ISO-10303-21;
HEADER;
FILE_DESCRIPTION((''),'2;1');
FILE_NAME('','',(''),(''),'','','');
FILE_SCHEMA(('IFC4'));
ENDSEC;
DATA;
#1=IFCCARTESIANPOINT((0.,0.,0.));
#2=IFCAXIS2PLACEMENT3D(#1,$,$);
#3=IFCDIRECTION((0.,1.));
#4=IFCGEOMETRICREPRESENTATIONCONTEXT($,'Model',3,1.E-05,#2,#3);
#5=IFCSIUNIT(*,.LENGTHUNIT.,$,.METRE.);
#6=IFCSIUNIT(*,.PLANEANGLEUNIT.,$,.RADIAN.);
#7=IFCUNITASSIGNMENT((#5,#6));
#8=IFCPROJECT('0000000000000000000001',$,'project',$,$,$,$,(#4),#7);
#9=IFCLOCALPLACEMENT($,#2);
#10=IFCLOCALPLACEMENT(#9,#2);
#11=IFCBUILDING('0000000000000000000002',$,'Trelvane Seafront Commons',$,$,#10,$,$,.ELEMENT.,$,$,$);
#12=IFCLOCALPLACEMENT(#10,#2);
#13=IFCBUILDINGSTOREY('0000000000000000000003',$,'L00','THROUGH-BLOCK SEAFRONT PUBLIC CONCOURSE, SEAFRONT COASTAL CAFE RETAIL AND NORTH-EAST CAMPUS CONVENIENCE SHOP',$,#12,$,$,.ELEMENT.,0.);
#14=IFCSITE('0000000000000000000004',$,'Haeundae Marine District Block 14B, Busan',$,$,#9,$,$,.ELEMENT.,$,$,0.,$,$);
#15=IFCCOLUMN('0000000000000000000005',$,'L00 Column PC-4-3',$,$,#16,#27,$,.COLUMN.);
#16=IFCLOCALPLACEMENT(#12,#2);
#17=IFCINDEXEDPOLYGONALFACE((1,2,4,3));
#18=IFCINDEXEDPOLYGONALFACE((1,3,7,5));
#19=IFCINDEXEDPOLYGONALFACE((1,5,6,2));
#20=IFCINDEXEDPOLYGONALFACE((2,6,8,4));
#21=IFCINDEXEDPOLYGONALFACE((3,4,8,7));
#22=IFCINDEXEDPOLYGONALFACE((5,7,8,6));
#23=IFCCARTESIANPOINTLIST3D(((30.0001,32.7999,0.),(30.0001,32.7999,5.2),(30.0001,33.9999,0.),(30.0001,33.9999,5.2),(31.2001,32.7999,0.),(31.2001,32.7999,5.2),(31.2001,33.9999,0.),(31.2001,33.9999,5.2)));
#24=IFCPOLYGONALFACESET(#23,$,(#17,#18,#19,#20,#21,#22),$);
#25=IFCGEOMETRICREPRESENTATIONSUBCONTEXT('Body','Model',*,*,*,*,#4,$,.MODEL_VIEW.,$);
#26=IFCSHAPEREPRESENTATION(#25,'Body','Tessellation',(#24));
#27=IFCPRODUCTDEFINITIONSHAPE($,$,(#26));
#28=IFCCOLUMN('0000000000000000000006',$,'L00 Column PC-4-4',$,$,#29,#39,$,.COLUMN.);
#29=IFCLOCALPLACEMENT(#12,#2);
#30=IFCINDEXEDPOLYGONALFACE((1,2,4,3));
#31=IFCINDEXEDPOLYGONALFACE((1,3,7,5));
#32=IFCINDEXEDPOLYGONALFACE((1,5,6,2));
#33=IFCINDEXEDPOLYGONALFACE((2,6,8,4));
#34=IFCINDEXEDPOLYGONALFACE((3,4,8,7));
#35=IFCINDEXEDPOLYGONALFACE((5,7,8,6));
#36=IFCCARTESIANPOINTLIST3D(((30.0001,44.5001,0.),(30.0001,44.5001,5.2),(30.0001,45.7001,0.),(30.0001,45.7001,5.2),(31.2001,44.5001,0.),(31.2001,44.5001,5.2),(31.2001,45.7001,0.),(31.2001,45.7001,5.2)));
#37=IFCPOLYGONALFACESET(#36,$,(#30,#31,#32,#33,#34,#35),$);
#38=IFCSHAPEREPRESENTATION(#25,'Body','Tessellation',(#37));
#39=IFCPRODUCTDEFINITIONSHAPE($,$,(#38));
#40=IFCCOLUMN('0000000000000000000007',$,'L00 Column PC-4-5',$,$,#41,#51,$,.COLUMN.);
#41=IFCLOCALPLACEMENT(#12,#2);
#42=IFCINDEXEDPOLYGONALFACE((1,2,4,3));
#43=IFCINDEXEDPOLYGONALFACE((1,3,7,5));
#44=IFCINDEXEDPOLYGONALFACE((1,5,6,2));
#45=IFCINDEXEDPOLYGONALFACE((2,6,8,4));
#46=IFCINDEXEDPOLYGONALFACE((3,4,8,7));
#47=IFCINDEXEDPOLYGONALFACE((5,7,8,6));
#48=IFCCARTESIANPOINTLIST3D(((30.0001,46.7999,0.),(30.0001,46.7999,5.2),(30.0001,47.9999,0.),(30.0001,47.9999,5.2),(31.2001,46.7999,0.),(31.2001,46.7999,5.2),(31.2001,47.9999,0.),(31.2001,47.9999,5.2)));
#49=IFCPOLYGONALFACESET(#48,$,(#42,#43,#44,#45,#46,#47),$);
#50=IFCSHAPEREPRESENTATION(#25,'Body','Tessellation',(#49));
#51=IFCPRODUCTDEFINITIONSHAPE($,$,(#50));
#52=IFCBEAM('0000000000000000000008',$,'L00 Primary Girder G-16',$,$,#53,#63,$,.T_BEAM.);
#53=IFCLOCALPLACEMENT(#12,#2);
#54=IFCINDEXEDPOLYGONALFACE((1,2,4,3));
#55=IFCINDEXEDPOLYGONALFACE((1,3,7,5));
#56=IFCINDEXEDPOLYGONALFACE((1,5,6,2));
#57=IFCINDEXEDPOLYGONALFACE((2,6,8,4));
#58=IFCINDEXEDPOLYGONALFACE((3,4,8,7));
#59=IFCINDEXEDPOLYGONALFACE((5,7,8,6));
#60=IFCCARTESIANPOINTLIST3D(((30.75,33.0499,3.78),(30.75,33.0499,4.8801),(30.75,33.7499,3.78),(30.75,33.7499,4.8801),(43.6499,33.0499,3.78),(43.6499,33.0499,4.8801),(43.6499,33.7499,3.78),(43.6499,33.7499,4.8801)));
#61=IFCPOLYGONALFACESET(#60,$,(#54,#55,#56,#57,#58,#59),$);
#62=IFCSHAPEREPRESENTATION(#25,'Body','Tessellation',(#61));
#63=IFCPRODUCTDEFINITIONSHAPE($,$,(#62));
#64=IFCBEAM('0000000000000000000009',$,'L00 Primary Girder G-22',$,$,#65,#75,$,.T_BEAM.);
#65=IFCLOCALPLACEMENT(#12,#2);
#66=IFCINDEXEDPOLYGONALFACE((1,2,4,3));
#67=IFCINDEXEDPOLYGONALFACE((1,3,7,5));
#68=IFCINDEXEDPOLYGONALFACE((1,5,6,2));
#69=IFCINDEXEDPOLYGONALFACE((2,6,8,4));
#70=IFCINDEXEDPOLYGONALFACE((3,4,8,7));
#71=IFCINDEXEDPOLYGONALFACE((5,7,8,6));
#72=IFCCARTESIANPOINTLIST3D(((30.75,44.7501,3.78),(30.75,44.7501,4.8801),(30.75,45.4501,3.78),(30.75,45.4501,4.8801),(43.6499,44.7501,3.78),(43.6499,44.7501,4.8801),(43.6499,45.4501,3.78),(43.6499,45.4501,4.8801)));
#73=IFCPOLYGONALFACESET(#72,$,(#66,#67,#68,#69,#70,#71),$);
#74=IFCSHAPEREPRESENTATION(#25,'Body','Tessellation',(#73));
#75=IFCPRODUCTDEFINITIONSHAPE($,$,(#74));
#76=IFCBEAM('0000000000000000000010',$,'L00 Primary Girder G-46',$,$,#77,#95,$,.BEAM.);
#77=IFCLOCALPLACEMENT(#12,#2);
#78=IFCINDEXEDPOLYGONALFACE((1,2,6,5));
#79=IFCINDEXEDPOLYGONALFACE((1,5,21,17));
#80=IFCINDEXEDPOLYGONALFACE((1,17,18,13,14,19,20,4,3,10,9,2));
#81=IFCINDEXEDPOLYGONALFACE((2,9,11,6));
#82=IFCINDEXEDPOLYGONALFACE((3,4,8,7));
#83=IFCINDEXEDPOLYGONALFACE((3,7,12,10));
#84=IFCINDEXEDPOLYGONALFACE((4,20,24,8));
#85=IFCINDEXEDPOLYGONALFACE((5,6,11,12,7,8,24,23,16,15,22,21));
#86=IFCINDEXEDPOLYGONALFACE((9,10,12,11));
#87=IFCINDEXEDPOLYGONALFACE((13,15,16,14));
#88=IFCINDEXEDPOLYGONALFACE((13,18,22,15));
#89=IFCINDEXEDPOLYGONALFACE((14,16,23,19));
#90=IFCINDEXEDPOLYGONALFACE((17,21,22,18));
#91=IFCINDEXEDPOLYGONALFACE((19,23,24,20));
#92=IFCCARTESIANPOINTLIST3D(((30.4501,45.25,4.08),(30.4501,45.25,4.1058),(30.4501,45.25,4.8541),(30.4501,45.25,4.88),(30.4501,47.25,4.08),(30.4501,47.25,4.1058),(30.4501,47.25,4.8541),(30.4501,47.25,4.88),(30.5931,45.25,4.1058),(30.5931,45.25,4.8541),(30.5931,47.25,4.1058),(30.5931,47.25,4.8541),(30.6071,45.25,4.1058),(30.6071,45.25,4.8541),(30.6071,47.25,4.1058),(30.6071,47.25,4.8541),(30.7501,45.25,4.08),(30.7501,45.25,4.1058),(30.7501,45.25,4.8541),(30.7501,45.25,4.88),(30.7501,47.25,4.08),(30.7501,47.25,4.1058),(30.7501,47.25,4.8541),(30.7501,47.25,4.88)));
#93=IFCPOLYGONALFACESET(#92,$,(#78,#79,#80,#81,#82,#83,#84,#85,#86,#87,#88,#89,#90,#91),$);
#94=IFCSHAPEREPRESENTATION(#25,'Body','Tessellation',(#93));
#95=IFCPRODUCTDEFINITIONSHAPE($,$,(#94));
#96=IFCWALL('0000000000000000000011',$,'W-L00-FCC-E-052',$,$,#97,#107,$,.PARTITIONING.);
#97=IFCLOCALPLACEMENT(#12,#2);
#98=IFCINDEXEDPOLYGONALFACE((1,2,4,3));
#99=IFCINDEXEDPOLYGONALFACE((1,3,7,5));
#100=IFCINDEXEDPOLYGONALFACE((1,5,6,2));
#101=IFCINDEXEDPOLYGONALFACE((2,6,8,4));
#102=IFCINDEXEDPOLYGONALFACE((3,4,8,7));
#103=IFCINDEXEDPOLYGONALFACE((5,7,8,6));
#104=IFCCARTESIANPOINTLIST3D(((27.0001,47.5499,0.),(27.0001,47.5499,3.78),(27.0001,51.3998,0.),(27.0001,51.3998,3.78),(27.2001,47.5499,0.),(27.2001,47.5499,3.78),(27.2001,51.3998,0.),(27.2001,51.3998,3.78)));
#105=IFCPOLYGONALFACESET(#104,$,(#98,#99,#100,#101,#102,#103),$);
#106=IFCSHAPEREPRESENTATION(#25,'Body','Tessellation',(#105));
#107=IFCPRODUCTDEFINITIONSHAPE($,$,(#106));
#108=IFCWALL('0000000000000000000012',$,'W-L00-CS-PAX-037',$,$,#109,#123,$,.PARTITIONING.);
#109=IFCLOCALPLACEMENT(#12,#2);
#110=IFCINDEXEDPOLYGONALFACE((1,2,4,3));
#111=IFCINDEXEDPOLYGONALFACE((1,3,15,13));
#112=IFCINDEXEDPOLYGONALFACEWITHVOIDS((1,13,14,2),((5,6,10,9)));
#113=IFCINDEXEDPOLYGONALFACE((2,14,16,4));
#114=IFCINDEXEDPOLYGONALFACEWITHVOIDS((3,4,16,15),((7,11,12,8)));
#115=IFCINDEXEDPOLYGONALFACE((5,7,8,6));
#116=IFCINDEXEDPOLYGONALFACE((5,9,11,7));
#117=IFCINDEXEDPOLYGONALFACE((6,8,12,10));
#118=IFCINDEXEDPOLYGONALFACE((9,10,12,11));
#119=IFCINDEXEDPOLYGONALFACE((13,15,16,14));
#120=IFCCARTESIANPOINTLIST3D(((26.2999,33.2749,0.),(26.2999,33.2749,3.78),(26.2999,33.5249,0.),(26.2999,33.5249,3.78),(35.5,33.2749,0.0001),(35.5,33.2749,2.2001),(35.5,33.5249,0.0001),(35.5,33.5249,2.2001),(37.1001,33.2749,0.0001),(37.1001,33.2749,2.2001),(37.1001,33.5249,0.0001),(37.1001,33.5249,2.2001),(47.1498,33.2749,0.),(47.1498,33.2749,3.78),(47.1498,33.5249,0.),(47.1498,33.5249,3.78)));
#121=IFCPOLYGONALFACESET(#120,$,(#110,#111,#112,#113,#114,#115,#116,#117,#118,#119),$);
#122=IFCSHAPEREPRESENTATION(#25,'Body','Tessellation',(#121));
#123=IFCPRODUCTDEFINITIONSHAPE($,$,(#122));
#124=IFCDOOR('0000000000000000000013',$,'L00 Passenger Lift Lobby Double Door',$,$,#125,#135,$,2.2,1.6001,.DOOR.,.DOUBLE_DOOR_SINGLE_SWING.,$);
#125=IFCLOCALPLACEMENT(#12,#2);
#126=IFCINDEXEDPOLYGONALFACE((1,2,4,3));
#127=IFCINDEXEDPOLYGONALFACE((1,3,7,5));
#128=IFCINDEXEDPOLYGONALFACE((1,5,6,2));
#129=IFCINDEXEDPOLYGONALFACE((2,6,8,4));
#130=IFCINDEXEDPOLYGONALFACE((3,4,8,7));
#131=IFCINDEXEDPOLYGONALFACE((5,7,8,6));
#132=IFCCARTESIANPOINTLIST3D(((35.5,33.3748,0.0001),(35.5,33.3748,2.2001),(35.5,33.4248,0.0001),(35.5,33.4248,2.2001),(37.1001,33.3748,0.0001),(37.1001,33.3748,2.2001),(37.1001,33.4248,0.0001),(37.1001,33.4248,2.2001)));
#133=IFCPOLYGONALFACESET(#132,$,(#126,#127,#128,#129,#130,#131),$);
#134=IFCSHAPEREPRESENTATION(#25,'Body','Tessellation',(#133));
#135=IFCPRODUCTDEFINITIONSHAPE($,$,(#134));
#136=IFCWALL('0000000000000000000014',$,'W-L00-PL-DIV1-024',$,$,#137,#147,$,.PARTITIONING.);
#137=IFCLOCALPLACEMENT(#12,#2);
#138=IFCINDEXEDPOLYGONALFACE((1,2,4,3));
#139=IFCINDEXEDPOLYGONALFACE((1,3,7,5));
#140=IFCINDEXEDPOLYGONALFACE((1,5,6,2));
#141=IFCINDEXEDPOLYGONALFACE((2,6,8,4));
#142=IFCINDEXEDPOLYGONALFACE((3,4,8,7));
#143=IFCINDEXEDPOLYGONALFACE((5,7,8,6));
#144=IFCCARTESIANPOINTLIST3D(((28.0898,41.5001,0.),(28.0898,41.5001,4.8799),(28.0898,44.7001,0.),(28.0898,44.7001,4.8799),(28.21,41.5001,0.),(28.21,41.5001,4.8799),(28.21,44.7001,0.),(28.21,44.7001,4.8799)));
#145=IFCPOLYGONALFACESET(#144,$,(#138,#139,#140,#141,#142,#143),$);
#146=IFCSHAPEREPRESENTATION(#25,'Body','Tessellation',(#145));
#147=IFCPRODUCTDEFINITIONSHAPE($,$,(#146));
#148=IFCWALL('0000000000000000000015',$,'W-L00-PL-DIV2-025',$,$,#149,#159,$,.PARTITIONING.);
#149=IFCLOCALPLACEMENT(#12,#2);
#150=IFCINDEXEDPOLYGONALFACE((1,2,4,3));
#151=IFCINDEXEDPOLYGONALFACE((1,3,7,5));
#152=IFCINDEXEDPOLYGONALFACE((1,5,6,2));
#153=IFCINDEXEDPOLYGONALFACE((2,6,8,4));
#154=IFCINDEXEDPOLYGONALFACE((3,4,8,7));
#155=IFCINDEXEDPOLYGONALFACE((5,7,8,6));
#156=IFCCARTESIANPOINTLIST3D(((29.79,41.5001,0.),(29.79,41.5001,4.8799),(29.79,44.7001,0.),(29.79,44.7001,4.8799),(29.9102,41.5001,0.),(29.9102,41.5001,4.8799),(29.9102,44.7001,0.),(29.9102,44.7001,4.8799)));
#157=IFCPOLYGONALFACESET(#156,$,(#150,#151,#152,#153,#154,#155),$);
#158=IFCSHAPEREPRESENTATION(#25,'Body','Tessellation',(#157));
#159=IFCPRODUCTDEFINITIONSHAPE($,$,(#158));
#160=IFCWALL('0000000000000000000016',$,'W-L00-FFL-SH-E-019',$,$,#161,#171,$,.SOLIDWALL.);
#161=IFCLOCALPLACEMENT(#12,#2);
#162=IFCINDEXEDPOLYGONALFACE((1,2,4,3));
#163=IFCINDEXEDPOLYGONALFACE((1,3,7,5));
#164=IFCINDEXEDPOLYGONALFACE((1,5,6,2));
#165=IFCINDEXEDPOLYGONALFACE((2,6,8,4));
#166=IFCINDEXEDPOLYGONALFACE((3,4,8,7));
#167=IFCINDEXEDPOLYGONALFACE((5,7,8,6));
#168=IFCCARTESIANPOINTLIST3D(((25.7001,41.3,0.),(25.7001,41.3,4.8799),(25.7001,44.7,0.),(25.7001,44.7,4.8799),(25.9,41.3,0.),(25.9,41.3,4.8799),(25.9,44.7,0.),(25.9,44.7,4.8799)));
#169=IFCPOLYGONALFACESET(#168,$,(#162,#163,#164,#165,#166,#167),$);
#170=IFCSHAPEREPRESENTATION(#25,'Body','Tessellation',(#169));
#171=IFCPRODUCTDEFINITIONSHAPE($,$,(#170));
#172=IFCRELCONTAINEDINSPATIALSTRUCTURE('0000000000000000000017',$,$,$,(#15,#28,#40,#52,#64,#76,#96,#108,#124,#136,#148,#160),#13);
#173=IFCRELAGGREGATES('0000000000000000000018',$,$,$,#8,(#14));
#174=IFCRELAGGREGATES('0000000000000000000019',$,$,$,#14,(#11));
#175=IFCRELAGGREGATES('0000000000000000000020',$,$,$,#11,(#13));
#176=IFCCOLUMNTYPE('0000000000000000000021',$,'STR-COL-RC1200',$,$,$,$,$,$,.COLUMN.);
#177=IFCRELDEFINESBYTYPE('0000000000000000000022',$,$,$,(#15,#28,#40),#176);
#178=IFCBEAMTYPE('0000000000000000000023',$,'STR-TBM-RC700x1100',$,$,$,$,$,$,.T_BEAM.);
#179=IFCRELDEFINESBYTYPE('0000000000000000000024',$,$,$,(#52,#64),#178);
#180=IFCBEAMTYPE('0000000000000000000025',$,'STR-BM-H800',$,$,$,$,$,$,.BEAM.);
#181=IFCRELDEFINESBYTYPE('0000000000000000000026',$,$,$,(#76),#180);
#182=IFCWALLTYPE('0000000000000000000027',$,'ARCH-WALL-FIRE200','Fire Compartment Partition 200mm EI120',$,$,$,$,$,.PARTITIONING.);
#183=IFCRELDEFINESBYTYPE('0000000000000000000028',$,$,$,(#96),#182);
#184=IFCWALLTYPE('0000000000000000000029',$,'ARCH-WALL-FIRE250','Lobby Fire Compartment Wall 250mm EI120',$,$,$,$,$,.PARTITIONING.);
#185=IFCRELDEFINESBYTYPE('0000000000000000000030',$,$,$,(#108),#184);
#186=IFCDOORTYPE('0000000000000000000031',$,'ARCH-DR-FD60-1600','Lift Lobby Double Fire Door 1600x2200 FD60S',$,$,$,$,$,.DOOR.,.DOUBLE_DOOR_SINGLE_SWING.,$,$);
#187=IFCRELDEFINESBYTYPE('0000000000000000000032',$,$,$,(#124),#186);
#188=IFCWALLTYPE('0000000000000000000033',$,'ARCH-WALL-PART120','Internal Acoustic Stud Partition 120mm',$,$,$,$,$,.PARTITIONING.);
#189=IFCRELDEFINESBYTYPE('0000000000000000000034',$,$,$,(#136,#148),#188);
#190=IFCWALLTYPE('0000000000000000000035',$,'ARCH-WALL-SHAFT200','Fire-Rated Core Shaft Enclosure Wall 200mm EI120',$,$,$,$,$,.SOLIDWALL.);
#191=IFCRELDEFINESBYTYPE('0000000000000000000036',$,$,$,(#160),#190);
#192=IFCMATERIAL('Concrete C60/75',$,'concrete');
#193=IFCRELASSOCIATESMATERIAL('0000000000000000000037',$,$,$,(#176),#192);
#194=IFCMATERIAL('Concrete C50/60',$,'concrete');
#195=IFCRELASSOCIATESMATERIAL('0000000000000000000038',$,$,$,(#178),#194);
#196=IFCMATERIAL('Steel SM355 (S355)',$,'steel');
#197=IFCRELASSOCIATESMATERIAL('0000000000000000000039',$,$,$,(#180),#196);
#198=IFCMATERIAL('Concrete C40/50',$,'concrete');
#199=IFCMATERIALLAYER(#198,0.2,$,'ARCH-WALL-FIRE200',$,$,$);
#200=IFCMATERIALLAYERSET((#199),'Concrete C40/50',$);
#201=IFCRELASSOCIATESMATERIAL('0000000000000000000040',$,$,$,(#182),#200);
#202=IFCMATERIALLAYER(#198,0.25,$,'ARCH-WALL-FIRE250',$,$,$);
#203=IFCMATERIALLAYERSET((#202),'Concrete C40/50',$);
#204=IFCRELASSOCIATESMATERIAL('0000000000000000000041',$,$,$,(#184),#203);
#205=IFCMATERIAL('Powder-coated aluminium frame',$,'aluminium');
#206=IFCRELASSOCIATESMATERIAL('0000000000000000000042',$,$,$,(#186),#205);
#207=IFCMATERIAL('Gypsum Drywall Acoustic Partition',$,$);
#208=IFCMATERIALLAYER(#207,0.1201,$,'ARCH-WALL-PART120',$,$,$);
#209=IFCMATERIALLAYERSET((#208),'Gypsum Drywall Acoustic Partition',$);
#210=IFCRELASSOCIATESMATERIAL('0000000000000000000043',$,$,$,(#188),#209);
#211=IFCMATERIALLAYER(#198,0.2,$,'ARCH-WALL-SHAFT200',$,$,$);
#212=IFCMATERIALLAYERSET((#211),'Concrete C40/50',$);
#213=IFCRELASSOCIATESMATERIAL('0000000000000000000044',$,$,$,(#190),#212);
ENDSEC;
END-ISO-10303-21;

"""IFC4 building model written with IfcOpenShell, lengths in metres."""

from ifc_helpers import new_model, si_unit, direction, frame, frame_2d, origin, origin_2d, place, context, subcontext, project, spatial, rectangle, i_section, extrude, source, transform, mapped, material, layer, layer_set, material_profile, profile_set, type_object, element, fill, save


model = new_model("IFC4")

# Units and contexts
model_context = context("Model", 3, precision=1e-05, world=origin(), true_north=direction((0.0, 1.0)))
body_context = subcontext(model_context, "Body", "Model", "MODEL_VIEW")
ifc_project = project(units=[si_unit("LENGTHUNIT", "METRE"), si_unit("PLANEANGLEUNIT", "RADIAN")], contexts=[model_context])

# Site, building, storey
site_placement = place(None, origin())
site = spatial("IfcSite", under=ifc_project, at=site_placement, Name="Haeundae Marine District Block 14B, Busan", CompositionType="ELEMENT", RefElevation=0.0)
building_placement = place(site_placement, origin())
building = spatial("IfcBuilding", under=site, at=building_placement, Name="Trelvane Seafront Commons", CompositionType="ELEMENT")
storey_placement = place(building_placement, origin())
storey = spatial("IfcBuildingStorey", under=building, at=storey_placement, Name="L00", Description="THROUGH-BLOCK SEAFRONT PUBLIC CONCOURSE, SEAFRONT COASTAL CAFE RETAIL AND NORTH-EAST CAMPUS CONVENIENCE SHOP", CompositionType="ELEMENT", Elevation=0.0)

# Columns
ifc_material_1 = material(Name="Concrete C60/75", Category="concrete")
ifc_material_profile_1 = material_profile(ifc_material_1, rectangle(XDim=1.2, YDim=1.2, at=origin_2d()), Name="RC-1200x1200")
ifc_profile_set_1 = profile_set([ifc_material_profile_1], Name="Concrete C60/75")
column_type = type_object("IfcColumnType", Name="STR-COL-RC1200", PredefinedType="COLUMN", material=ifc_profile_set_1)
shared_shape_1 = source(origin(), body_context, "Body", "SweptSolid", [
    extrude(rectangle(XDim=1.2, YDim=1.2, at=origin_2d()), origin(), (0.0, 0.0, 1.0), 5.2),
])
for number, where, z_axis, x_axis, name in (
    (1, (30.6001, 33.3999, 0.0), (0.0, 0.0, 1.0), (1.0, 0.0, 0.0), "L00 Column PC-4-3"),
    (2, (30.6001, 45.1001, 0.0), (0.0, 0.0, 1.0), (1.0, 0.0, 0.0), "L00 Column PC-4-4"),
    (3, (30.6001, 47.3999, 0.0), (0.0, 0.0, 1.0), (1.0, 0.0, 0.0), "L00 Column PC-4-5"),
):
    element("IfcColumn", number, at=place(storey_placement, frame(where, z_axis=z_axis, x_axis=x_axis)), inside=storey, type_object=column_type, Name=name, PredefinedType="COLUMN", context=body_context, shape_type="MappedRepresentation", body=[
        mapped(shared_shape_1, transform((0.0, 0.0, 0.0), x_axis=(1.0, 0.0, 0.0), y_axis=(0.0, 1.0, 0.0), z_axis=(0.0, 0.0, 1.0), scale=1.0)),
    ])

# Beams
ifc_material_2 = material(Name="Concrete C50/60", Category="concrete")
ifc_material_profile_2 = material_profile(ifc_material_2, rectangle(XDim=0.7, YDim=1.1001, at=origin_2d()), Name="RC-700x1100")
ifc_profile_set_2 = profile_set([ifc_material_profile_2], Name="Concrete C50/60")
beam_type_1 = type_object("IfcBeamType", Name="STR-TBM-RC700x1100", PredefinedType="T_BEAM", material=ifc_profile_set_2)
shared_shape_2 = source(origin(), body_context, "Body", "SweptSolid", [
    extrude(rectangle(XDim=0.7, YDim=1.1001, at=origin_2d()), origin(), (0.0, 0.0, 1.0), 12.8999),
])
for number, where, z_axis, x_axis, name in (
    (4, (30.75, 33.3999, 4.3301), (1.0, 0.0, 0.0), (0.0, 1.0, 0.0), "L00 Primary Girder G-16"),
    (5, (30.75, 45.1001, 4.3301), (1.0, 0.0, 0.0), (0.0, 1.0, 0.0), "L00 Primary Girder G-22"),
):
    element("IfcBeam", number, at=place(storey_placement, frame(where, z_axis=z_axis, x_axis=x_axis)), inside=storey, type_object=beam_type_1, Name=name, PredefinedType="T_BEAM", context=body_context, shape_type="MappedRepresentation", body=[
        mapped(shared_shape_2, transform((0.0, 0.0, 0.0), x_axis=(1.0, 0.0, 0.0), y_axis=(0.0, 1.0, 0.0), z_axis=(0.0, 0.0, 1.0), scale=1.0)),
    ])
ifc_material_3 = material(Name="Steel SM355 (S355)", Category="steel")
ifc_material_profile_3 = material_profile(ifc_material_3, i_section(OverallWidth=0.3, OverallDepth=0.8, WebThickness=0.0139, FlangeThickness=0.0259, at=origin_2d()), Name="H-800x300x14x26")
ifc_profile_set_3 = profile_set([ifc_material_profile_3], Name="Steel SM355 (S355)")
beam_type_2 = type_object("IfcBeamType", Name="STR-BM-H800", PredefinedType="BEAM", material=ifc_profile_set_3)
shared_shape_3 = source(origin(), body_context, "Body", "SweptSolid", [
    extrude(i_section(OverallWidth=0.3, OverallDepth=0.8, WebThickness=0.0139, FlangeThickness=0.0259, at=origin_2d()), origin(), (0.0, 0.0, 1.0), 2.0),
])
beam_placement = place(storey_placement, frame((30.6001, 45.25, 4.48), z_axis=(0.0, 1.0, 0.0), x_axis=(-1.0, 0.0, 0.0)))
element("IfcBeam", 6, at=beam_placement, inside=storey, type_object=beam_type_2, Name="L00 Primary Girder G-46", PredefinedType="BEAM", context=body_context, shape_type="MappedRepresentation", body=[
    mapped(shared_shape_3, transform((0.0, 0.0, 0.0), x_axis=(1.0, 0.0, 0.0), y_axis=(0.0, 1.0, 0.0), z_axis=(0.0, 0.0, 1.0), scale=1.0)),
])

# Wall
ifc_material_4 = material(Name="Concrete C40/50", Category="concrete")
ifc_layer_1 = layer(ifc_material_4, 0.2, Name="ARCH-WALL-FIRE200")
ifc_layer_set_1 = layer_set([ifc_layer_1], Name="Concrete C40/50")
wall_type_1 = type_object("IfcWallType", Name="ARCH-WALL-FIRE200", Description="Fire Compartment Partition 200mm EI120", PredefinedType="PARTITIONING", material=ifc_layer_set_1)
wall_1_placement = place(storey_placement, frame((27.1001, 47.55, 0.0), z_axis=(0.0, 0.0, 1.0), x_axis=(0.0, 1.0, 0.0)))
element("IfcWall", 7, at=wall_1_placement, inside=storey, type_object=wall_type_1, Name="W-L00-FCC-E-052", PredefinedType="PARTITIONING", context=body_context, shape_type="SweptSolid", body=[
    extrude(rectangle(XDim=3.8499, YDim=0.2, at=frame_2d((1.9248, 0.0))), origin(), (0.0, 0.0, 1.0), 3.78),
])

# Wall, opening, door
ifc_layer_2 = layer(ifc_material_4, 0.25, Name="ARCH-WALL-FIRE250")
ifc_layer_set_2 = layer_set([ifc_layer_2], Name="Concrete C40/50")
wall_type_2 = type_object("IfcWallType", Name="ARCH-WALL-FIRE250", Description="Lobby Fire Compartment Wall 250mm EI120", PredefinedType="PARTITIONING", material=ifc_layer_set_2)
wall_2_placement = place(storey_placement, frame((26.3, 33.3999, 0.0), z_axis=(0.0, 0.0, 1.0), x_axis=(1.0, 0.0, 0.0)))
wall_2 = element("IfcWall", 8, at=wall_2_placement, inside=storey, type_object=wall_type_2, Name="W-L00-CS-PAX-037", PredefinedType="PARTITIONING", context=body_context, shape_type="SweptSolid", body=[
    extrude(rectangle(XDim=20.8499, YDim=0.25, at=frame_2d((10.4248, 0.0))), origin(), (0.0, 0.0, 1.0), 3.78),
])
opening_1_placement = place(wall_2_placement, frame((9.2, 0.0, 0.0)))
opening_1 = element("IfcOpeningElement", 9, at=opening_1_placement, cuts=wall_2, PredefinedType="OPENING", context=body_context, shape_type="SweptSolid", body=[
    extrude(rectangle(XDim=1.6001, YDim=2.2, at=frame_2d((0.8, 1.1001))), frame((0.0, 0.135, 0.0), z_axis=(0.0, -1.0, 0.0), x_axis=(1.0, 0.0, 0.0)), (0.0, 0.0, 1.0), 0.27),
])
ifc_material_5 = material(Name="Powder-coated aluminium frame", Category="aluminium")
door_type_1 = type_object("IfcDoorType", Name="ARCH-DR-FD60-1600", Description="Lift Lobby Double Fire Door 1600x2200 FD60S", OperationType="DOUBLE_DOOR_SINGLE_SWING", PredefinedType="DOOR", material=ifc_material_5)
shared_shape_4 = source(origin(), body_context, "Body", "SweptSolid", [
    extrude(rectangle(XDim=1.6001, YDim=2.2, at=frame_2d((0.8, 1.1001))), frame((0.0, 0.0249, 0.0), z_axis=(0.0, -1.0, 0.0), x_axis=(1.0, 0.0, 0.0)), (0.0, 0.0, 1.0), 0.05),
])
door_1_placement = place(opening_1_placement, origin())
door_1 = element("IfcDoor", 10, at=door_1_placement, inside=storey, type_object=door_type_1, Name="L00 Passenger Lift Lobby Double Door", OperationType="DOUBLE_DOOR_SINGLE_SWING", OverallHeight=2.2, OverallWidth=1.6001, PredefinedType="DOOR", context=body_context, shape_type="MappedRepresentation", body=[
    mapped(shared_shape_4, transform((0.0, 0.0, 0.0), x_axis=(1.0, 0.0, 0.0), y_axis=(0.0, 1.0, 0.0), z_axis=(0.0, 0.0, 1.0), scale=1.0)),
])
fill(opening_1, door_1)

# Walls
ifc_material_6 = material(Name="Gypsum Drywall Acoustic Partition")
ifc_layer_3 = layer(ifc_material_6, 0.1201, Name="ARCH-WALL-PART120")
ifc_layer_set_3 = layer_set([ifc_layer_3], Name="Gypsum Drywall Acoustic Partition")
wall_type_3 = type_object("IfcWallType", Name="ARCH-WALL-PART120", Description="Internal Acoustic Stud Partition 120mm", PredefinedType="PARTITIONING", material=ifc_layer_set_3)
for number, where, z_axis, x_axis, name in (
    (11, (28.1499, 41.5, 0.0), (0.0, 0.0, 1.0), (0.0, 1.0, 0.0), "W-L00-PL-DIV1-024"),
    (12, (29.8501, 41.5, 0.0), (0.0, 0.0, 1.0), (0.0, 1.0, 0.0), "W-L00-PL-DIV2-025"),
):
    element("IfcWall", number, at=place(storey_placement, frame(where, z_axis=z_axis, x_axis=x_axis)), inside=storey, type_object=wall_type_3, Name=name, PredefinedType="PARTITIONING", context=body_context, shape_type="SweptSolid", body=[
        extrude(rectangle(XDim=3.2, YDim=0.1201, at=frame_2d((1.6001, 0.0))), origin(), (0.0, 0.0, 1.0), 4.8799),
    ])
ifc_layer_4 = layer(ifc_material_4, 0.2, Name="ARCH-WALL-SHAFT200")
ifc_layer_set_4 = layer_set([ifc_layer_4], Name="Concrete C40/50")
wall_type_4 = type_object("IfcWallType", Name="ARCH-WALL-SHAFT200", Description="Fire-Rated Core Shaft Enclosure Wall 200mm EI120", PredefinedType="SOLIDWALL", material=ifc_layer_set_4)
wall_3_placement = place(storey_placement, frame((25.8, 41.3, 0.0), z_axis=(0.0, 0.0, 1.0), x_axis=(0.0, 1.0, 0.0)))
element("IfcWall", 13, at=wall_3_placement, inside=storey, type_object=wall_type_4, Name="W-L00-FFL-SH-E-019", PredefinedType="SOLIDWALL", context=body_context, shape_type="SweptSolid", body=[
    extrude(rectangle(XDim=3.3999, YDim=0.2, at=frame_2d((1.7, 0.0))), origin(), (0.0, 0.0, 1.0), 4.8799),
])

save(model, "model.ifc")
